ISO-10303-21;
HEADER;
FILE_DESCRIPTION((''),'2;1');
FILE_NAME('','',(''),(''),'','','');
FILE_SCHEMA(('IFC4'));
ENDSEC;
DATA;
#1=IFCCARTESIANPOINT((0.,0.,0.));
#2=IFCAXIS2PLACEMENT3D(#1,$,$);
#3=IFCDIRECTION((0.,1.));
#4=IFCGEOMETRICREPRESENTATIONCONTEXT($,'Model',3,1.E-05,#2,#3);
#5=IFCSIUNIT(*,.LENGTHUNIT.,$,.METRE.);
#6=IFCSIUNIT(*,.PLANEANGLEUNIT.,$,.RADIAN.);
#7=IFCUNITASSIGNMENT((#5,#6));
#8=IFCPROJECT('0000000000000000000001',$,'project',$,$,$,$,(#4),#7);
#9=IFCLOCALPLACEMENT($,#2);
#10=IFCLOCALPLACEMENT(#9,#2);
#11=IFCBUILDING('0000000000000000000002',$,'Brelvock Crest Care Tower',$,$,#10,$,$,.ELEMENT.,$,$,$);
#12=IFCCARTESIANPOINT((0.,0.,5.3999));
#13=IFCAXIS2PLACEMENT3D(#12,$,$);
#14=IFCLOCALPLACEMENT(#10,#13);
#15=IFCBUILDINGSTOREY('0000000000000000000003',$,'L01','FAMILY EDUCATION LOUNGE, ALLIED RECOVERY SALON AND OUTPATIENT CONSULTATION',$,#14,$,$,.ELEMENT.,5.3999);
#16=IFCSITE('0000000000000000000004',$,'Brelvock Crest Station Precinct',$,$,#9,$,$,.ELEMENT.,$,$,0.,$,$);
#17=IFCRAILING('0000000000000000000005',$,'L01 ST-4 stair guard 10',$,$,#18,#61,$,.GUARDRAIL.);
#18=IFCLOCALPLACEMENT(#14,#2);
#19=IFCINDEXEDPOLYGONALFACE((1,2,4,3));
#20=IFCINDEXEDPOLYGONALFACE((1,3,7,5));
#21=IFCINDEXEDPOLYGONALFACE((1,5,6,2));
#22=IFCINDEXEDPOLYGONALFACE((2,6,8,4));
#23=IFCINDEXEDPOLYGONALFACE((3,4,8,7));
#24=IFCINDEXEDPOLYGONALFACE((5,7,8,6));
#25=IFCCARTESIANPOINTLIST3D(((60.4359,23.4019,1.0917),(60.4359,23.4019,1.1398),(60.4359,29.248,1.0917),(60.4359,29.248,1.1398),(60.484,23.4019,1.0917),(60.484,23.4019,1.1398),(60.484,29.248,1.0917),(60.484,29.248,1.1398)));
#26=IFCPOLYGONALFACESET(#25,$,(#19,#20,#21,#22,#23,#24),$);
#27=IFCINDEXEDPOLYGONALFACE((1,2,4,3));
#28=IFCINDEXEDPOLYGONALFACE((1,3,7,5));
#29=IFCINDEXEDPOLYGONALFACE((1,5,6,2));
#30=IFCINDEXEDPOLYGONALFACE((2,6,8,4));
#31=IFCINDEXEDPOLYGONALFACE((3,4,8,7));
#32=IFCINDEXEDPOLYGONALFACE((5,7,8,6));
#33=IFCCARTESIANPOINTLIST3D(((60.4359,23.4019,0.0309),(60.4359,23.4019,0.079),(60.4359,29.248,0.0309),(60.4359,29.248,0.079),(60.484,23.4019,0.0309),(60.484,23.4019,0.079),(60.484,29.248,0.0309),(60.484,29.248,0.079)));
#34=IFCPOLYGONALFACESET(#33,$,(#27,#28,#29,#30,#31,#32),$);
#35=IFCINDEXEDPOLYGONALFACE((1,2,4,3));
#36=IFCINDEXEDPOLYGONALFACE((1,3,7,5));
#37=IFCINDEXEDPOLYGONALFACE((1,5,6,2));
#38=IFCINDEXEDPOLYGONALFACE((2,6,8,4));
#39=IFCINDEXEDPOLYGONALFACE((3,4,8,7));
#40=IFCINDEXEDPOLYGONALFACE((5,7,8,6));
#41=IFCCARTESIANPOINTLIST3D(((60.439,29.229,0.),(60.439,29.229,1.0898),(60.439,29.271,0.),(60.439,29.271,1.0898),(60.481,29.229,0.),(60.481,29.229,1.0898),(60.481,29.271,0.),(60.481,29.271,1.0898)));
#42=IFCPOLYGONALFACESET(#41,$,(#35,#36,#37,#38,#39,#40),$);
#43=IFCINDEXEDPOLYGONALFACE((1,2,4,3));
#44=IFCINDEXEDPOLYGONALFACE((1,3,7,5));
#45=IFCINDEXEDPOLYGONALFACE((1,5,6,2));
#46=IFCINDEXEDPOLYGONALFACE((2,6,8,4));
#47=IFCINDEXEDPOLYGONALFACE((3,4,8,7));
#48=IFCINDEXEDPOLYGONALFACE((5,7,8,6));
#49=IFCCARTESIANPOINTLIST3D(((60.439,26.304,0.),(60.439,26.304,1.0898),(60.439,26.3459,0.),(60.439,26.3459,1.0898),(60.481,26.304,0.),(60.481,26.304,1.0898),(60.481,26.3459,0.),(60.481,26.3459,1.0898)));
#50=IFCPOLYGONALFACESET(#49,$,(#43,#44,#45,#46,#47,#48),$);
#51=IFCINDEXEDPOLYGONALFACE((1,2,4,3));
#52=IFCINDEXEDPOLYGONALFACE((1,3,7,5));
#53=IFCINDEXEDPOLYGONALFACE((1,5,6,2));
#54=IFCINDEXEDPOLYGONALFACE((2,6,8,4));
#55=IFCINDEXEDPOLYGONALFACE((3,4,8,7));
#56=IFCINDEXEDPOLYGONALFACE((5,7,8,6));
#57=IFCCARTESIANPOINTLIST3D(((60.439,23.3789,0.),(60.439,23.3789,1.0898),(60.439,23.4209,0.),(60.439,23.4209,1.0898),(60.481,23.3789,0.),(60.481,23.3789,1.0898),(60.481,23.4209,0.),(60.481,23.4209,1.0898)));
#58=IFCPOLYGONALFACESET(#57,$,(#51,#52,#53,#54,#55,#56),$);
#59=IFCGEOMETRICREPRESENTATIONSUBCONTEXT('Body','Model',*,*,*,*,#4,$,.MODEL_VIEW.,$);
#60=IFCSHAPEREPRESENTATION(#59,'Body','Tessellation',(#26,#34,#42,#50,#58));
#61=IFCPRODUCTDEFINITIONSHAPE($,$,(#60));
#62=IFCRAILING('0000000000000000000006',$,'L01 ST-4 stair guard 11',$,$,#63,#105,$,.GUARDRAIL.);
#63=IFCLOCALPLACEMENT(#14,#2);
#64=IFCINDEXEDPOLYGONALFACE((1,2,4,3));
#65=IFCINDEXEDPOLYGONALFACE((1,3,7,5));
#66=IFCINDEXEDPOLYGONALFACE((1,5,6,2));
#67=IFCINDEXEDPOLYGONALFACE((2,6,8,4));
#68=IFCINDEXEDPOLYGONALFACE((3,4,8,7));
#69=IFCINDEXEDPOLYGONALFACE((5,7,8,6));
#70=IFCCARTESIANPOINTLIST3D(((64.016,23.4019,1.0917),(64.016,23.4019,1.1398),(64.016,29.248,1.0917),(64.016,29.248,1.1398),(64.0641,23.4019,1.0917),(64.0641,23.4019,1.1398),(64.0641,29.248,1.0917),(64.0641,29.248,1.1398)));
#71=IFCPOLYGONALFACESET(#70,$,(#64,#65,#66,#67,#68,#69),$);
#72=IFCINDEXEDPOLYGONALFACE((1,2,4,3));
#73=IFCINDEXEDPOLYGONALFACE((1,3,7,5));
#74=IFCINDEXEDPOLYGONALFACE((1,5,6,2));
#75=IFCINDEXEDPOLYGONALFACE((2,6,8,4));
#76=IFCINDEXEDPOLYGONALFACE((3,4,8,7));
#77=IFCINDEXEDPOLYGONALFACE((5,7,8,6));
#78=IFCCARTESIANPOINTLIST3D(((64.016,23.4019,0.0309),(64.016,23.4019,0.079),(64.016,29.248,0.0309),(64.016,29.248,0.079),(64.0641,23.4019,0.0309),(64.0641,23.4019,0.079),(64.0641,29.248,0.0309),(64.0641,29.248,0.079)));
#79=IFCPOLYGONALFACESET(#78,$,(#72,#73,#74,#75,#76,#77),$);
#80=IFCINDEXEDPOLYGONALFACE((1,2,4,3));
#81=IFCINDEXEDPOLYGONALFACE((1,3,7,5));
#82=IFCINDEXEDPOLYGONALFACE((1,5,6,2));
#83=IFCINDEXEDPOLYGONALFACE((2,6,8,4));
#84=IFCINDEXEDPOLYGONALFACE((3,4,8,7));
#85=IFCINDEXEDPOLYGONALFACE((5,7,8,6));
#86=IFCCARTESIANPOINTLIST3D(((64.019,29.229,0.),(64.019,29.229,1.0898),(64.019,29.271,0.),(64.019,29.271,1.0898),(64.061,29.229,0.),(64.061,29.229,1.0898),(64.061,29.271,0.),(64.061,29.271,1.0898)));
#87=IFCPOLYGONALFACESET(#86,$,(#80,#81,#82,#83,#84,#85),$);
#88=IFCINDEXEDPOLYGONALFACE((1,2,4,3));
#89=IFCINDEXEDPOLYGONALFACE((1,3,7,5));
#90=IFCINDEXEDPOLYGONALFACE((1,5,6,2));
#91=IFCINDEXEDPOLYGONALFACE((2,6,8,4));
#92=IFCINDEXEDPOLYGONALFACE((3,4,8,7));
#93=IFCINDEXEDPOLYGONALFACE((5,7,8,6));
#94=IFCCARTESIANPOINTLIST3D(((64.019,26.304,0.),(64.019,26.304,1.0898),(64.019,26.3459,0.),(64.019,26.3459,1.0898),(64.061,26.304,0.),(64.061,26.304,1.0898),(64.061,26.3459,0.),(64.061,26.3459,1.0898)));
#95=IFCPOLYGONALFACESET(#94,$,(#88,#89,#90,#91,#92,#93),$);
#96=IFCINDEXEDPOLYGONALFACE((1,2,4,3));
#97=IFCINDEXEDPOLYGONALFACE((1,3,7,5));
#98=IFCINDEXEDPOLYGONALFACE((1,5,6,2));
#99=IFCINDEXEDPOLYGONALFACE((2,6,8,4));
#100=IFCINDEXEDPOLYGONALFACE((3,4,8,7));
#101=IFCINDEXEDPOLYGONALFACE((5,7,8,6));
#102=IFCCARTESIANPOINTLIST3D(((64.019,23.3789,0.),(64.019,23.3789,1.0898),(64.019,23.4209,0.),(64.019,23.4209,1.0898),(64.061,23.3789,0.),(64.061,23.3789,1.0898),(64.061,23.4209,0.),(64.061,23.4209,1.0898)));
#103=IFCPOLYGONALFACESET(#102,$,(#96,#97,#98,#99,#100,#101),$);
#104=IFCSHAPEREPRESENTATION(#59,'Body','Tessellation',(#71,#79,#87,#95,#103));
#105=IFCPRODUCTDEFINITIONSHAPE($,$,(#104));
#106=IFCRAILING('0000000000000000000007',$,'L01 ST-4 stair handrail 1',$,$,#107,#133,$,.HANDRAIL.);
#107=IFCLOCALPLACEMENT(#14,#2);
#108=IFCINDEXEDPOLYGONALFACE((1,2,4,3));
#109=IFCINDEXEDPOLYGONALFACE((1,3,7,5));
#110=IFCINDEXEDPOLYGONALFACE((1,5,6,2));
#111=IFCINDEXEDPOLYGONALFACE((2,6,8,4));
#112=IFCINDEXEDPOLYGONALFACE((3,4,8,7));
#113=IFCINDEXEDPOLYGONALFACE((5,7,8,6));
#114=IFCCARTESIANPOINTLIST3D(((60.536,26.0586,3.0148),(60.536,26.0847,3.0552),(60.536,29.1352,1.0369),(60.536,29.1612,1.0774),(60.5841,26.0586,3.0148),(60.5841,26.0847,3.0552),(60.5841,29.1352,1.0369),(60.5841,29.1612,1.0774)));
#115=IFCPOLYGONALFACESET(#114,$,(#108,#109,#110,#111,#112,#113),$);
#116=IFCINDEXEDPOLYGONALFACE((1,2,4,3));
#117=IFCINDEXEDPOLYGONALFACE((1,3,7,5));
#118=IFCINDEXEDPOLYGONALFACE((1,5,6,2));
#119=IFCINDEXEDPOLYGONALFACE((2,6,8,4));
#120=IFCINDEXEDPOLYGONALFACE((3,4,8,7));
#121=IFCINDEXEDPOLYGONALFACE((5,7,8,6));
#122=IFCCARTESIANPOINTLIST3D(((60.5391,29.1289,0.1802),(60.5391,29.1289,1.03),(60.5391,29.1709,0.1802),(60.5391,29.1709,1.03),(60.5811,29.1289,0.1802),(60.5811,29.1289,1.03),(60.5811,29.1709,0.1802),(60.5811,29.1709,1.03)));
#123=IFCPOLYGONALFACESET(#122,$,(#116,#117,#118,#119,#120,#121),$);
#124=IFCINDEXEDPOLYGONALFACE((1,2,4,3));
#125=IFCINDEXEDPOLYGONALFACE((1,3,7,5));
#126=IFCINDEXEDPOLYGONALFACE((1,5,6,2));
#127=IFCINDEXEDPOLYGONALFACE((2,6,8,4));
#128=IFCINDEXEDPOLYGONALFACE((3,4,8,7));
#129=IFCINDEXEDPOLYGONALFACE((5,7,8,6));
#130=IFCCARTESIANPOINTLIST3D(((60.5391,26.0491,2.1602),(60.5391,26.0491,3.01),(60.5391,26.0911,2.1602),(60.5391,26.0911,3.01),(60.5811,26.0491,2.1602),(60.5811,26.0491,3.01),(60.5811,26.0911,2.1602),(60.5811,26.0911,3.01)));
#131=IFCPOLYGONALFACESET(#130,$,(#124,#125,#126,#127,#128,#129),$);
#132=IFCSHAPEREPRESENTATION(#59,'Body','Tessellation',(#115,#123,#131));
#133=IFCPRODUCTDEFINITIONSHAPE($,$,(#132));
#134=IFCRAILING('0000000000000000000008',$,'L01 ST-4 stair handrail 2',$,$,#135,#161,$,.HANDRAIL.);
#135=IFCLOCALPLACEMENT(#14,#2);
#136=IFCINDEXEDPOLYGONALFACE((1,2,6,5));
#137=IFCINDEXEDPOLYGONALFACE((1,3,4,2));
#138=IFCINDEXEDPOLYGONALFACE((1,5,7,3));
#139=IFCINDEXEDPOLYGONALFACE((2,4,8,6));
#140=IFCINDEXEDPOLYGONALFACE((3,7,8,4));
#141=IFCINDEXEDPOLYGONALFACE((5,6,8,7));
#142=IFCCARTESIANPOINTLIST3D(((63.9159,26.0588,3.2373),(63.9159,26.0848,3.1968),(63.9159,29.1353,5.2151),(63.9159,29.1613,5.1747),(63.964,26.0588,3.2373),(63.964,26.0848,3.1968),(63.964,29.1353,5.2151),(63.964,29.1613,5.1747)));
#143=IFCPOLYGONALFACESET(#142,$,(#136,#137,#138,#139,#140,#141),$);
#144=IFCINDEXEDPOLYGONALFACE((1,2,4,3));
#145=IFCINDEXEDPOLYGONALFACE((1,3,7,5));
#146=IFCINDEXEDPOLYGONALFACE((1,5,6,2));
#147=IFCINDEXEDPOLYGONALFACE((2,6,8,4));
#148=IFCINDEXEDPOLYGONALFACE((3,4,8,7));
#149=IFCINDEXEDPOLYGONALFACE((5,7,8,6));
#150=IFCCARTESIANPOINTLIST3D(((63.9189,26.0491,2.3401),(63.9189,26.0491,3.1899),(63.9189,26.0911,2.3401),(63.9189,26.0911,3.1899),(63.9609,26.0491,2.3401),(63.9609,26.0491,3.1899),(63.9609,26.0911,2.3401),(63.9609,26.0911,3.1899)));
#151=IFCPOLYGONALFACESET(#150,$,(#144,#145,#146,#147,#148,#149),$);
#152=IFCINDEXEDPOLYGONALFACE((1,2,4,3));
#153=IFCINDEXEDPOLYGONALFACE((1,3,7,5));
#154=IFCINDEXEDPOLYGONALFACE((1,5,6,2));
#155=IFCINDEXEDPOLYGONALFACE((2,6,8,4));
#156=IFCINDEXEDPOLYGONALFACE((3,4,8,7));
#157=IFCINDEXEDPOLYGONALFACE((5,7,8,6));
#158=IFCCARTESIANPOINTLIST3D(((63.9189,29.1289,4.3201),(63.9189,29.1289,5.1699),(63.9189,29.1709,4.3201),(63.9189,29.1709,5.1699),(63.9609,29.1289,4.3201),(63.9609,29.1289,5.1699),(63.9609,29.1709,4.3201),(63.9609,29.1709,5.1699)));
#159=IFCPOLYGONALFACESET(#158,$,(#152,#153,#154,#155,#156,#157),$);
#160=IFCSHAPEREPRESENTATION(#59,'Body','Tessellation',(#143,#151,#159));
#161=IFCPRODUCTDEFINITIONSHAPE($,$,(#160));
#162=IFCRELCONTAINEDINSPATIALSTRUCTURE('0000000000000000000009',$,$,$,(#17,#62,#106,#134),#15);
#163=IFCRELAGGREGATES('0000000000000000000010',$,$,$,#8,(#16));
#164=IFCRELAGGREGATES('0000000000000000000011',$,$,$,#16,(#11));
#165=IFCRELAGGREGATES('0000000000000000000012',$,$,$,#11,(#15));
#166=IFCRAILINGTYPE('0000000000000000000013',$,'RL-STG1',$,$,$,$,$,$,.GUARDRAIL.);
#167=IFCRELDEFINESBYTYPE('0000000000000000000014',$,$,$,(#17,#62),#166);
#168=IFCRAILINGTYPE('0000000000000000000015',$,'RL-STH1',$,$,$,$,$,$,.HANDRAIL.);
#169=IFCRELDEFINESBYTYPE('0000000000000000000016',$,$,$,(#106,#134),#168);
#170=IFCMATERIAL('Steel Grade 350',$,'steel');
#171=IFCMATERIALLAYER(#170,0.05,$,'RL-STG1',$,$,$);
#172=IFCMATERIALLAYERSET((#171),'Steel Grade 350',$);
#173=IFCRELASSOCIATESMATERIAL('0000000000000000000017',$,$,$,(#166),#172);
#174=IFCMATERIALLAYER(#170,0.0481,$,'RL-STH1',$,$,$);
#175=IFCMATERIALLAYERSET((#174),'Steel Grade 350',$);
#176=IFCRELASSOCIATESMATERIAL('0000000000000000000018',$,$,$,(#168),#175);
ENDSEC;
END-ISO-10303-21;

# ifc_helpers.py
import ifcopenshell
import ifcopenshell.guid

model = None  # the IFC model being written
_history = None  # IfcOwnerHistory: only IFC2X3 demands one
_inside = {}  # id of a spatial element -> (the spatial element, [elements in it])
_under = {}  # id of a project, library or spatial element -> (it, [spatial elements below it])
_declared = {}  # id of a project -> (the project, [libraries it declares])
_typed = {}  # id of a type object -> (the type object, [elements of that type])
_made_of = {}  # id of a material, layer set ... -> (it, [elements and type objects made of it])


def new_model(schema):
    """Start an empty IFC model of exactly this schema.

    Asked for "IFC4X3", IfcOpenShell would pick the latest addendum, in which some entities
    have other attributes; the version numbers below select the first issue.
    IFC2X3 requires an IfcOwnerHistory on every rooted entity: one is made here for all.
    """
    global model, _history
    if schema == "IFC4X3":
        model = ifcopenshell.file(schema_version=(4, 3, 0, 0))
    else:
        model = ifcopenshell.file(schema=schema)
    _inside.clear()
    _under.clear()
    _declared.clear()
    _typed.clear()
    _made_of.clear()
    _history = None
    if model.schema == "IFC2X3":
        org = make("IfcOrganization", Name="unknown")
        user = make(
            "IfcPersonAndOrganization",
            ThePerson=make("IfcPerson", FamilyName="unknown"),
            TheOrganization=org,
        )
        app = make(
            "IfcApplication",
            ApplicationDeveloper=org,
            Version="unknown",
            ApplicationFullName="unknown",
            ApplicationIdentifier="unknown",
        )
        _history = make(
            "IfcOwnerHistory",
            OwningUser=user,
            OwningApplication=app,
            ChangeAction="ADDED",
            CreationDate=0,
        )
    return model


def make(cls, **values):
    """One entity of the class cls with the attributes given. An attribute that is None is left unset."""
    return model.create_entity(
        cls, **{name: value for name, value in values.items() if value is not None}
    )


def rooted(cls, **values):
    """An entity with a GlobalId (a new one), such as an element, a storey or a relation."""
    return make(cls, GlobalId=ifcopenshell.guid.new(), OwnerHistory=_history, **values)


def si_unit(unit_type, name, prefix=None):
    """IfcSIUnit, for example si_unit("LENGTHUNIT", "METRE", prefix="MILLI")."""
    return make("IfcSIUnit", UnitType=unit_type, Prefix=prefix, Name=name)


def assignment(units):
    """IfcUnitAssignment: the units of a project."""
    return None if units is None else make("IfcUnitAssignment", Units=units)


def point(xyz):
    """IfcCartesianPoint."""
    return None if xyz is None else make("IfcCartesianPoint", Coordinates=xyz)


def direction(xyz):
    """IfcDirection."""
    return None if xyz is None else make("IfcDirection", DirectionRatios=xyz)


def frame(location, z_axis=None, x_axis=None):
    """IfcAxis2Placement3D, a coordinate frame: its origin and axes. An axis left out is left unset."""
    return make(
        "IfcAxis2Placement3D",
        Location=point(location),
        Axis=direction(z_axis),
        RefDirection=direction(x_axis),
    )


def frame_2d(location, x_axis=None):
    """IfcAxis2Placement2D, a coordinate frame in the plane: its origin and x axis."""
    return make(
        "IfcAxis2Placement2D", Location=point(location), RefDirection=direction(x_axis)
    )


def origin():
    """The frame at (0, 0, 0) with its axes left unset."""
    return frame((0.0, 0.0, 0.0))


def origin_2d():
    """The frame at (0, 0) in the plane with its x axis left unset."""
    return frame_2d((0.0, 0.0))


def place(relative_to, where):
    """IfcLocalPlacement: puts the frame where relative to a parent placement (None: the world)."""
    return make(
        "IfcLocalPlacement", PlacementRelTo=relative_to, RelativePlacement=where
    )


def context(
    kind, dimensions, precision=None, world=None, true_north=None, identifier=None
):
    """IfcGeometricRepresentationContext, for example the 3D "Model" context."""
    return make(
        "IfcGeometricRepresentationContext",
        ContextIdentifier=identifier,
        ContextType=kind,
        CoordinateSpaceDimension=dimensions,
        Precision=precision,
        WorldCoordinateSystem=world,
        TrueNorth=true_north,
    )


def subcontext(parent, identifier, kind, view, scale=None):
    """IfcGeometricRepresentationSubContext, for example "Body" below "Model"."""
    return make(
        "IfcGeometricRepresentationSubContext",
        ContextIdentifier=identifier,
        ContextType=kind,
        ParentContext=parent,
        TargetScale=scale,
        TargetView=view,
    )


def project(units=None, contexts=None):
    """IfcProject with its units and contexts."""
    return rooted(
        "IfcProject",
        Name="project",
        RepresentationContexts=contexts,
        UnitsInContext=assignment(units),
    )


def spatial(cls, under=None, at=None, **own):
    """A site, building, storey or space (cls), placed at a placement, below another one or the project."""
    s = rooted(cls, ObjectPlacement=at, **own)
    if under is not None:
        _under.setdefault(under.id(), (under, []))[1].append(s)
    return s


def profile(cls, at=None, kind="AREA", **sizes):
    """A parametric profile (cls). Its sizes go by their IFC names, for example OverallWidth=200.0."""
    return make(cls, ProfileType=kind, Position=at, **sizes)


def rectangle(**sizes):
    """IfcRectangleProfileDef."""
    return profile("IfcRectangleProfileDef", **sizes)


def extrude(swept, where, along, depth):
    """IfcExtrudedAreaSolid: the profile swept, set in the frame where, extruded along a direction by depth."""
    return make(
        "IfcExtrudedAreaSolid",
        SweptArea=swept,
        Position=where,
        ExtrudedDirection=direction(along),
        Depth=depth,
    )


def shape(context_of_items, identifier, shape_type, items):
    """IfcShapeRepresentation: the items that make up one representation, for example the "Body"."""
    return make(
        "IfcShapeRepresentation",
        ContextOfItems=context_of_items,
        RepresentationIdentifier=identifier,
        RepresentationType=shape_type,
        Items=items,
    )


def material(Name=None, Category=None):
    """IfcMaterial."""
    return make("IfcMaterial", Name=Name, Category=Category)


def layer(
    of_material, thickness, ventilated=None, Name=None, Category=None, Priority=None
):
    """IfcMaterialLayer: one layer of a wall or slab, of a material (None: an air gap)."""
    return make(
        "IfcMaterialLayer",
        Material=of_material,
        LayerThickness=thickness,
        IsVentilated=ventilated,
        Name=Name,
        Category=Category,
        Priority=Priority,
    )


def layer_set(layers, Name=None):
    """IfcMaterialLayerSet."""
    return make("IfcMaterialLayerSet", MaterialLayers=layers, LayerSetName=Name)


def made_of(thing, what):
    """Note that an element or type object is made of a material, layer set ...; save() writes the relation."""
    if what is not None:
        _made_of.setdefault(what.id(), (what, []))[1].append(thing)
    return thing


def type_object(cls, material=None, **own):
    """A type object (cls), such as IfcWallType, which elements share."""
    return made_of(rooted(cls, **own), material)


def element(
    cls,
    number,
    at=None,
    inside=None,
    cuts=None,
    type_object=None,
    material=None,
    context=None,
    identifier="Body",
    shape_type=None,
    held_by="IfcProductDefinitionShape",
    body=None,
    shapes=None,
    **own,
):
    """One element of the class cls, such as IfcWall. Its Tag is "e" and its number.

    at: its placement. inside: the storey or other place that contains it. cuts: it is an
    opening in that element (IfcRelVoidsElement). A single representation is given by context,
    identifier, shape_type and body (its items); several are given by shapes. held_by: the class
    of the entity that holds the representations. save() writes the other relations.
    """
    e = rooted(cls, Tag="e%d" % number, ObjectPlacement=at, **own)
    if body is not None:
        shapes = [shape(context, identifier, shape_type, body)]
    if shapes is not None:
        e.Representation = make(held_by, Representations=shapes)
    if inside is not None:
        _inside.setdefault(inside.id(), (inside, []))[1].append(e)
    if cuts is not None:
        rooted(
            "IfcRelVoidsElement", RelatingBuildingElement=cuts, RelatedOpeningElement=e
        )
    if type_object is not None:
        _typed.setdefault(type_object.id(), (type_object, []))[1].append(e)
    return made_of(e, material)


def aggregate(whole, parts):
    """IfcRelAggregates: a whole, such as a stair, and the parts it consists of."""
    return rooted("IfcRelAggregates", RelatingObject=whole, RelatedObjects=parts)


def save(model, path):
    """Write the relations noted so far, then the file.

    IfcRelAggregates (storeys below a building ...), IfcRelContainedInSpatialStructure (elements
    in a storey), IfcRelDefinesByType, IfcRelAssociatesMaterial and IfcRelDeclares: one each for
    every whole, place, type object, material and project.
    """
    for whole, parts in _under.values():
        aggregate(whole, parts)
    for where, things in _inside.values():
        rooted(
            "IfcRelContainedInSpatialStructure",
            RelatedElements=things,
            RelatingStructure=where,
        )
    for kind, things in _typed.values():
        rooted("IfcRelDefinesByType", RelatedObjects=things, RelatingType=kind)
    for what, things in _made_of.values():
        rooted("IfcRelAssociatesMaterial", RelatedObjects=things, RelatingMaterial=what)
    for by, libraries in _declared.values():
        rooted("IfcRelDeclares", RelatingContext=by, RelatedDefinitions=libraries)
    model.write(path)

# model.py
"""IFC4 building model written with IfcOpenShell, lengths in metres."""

from ifc_helpers import new_model, si_unit, direction, frame, origin, origin_2d, place, context, subcontext, project, spatial, rectangle, extrude, material, layer, layer_set, type_object, element, save


model = new_model("IFC4")

# Units and contexts
model_context = context("Model", 3, precision=1e-05, world=origin(), true_north=direction((0.0, 1.0)))
body_context = subcontext(model_context, "Body", "Model", "MODEL_VIEW")
ifc_project = project(units=[si_unit("LENGTHUNIT", "METRE"), si_unit("PLANEANGLEUNIT", "RADIAN")], contexts=[model_context])

# Site, building, storey
site_placement = place(None, origin())
site = spatial("IfcSite", under=ifc_project, at=site_placement, Name="Brelvock Crest Station Precinct", CompositionType="ELEMENT", RefElevation=0.0)
building_placement = place(site_placement, origin())
building = spatial("IfcBuilding", under=site, at=building_placement, Name="Brelvock Crest Care Tower", CompositionType="ELEMENT")
storey_placement = place(building_placement, frame((0.0, 0.0, 5.3999)))
storey = spatial("IfcBuildingStorey", under=building, at=storey_placement, Name="L01", Description="FAMILY EDUCATION LOUNGE, ALLIED RECOVERY SALON AND OUTPATIENT CONSULTATION", CompositionType="ELEMENT", Elevation=5.3999)

# Shared definitions
ifc_material_1 = material(Name="Steel Grade 350", Category="steel")

# Railings
ifc_layer_1 = layer(ifc_material_1, 0.05, Name="RL-STG1")
ifc_layer_set_1 = layer_set([ifc_layer_1], Name="Steel Grade 350")
railing_type_1 = type_object("IfcRailingType", Name="RL-STG1", PredefinedType="GUARDRAIL", material=ifc_layer_set_1)
for number, where, name in (
    (1, (60.46, 29.25, 0.0), "L01 ST-4 stair guard 10"),
    (2, (64.04, 29.25, 0.0), "L01 ST-4 stair guard 11"),
):
    element("IfcRailing", number, at=place(storey_placement, frame(where)), inside=storey, type_object=railing_type_1, Name=name, PredefinedType="GUARDRAIL", context=body_context, shape_type="SweptSolid", body=[
        extrude(rectangle(XDim=0.0481, YDim=0.0481, at=origin_2d()), frame((0.0, -0.002, 1.1157), z_axis=(0.0, -1.0, 0.0), x_axis=(1.0, 0.0, 0.0)), (0.0, 0.0, 1.0), 5.8462),
        extrude(rectangle(XDim=0.0481, YDim=0.0481, at=origin_2d()), frame((0.0, -0.002, 0.0549), z_axis=(0.0, -1.0, 0.0), x_axis=(1.0, 0.0, 0.0)), (0.0, 0.0, 1.0), 5.8462),
        extrude(rectangle(XDim=0.042, YDim=0.042, at=origin_2d()), origin(), (0.0, 0.0, 1.0), 1.0898),
        extrude(rectangle(XDim=0.042, YDim=0.042, at=origin_2d()), frame((0.0, -2.925, 0.0)), (0.0, 0.0, 1.0), 1.0898),
        extrude(rectangle(XDim=0.042, YDim=0.042, at=origin_2d()), frame((0.0, -5.8501, 0.0)), (0.0, 0.0, 1.0), 1.0898),
    ])
ifc_layer_2 = layer(ifc_material_1, 0.0481, Name="RL-STH1")
ifc_layer_set_2 = layer_set([ifc_layer_2], Name="Steel Grade 350")
railing_type_2 = type_object("IfcRailingType", Name="RL-STH1", PredefinedType="HANDRAIL", material=ifc_layer_set_2)
railing_1_placement = place(storey_placement, frame((60.5601, 29.1499, 0.1802)))
element("IfcRailing", 3, at=railing_1_placement, inside=storey, type_object=railing_type_2, Name="L01 ST-4 stair handrail 1", PredefinedType="HANDRAIL", context=body_context, shape_type="SweptSolid", body=[
    extrude(rectangle(XDim=0.0481, YDim=0.0481, at=origin_2d()), frame((0.0, -0.0017, 0.877), z_axis=(0.0, -0.841168, 0.540774), x_axis=(1.0, 0.0, 0.0)), (0.0, 0.0, 1.0), 3.6575),
    extrude(rectangle(XDim=0.042, YDim=0.042, at=origin_2d()), origin(), (0.0, 0.0, 1.0), 0.8499),
    extrude(rectangle(XDim=0.042, YDim=0.042, at=origin_2d()), frame((0.0, -3.0798, 1.98)), (0.0, 0.0, 1.0), 0.8499),
])
railing_2_placement = place(storey_placement, frame((63.9399, 26.0701, 2.3401)))
element("IfcRailing", 4, at=railing_2_placement, inside=storey, type_object=railing_type_2, Name="L01 ST-4 stair handrail 2", PredefinedType="HANDRAIL", context=body_context, shape_type="SweptSolid", body=[
    extrude(rectangle(XDim=0.0481, YDim=0.0481, at=origin_2d()), frame((0.0, 0.0017, 0.877), z_axis=(0.0, 0.841168, 0.540774), x_axis=(-1.0, 0.0, 0.0)), (0.0, 0.0, 1.0), 3.6575),
    extrude(rectangle(XDim=0.042, YDim=0.042, at=origin_2d()), origin(), (0.0, 0.0, 1.0), 0.8499),
    extrude(rectangle(XDim=0.042, YDim=0.042, at=origin_2d()), frame((0.0, 3.0798, 1.98)), (0.0, 0.0, 1.0), 0.8499),
])

save(model, "model.ifc")
